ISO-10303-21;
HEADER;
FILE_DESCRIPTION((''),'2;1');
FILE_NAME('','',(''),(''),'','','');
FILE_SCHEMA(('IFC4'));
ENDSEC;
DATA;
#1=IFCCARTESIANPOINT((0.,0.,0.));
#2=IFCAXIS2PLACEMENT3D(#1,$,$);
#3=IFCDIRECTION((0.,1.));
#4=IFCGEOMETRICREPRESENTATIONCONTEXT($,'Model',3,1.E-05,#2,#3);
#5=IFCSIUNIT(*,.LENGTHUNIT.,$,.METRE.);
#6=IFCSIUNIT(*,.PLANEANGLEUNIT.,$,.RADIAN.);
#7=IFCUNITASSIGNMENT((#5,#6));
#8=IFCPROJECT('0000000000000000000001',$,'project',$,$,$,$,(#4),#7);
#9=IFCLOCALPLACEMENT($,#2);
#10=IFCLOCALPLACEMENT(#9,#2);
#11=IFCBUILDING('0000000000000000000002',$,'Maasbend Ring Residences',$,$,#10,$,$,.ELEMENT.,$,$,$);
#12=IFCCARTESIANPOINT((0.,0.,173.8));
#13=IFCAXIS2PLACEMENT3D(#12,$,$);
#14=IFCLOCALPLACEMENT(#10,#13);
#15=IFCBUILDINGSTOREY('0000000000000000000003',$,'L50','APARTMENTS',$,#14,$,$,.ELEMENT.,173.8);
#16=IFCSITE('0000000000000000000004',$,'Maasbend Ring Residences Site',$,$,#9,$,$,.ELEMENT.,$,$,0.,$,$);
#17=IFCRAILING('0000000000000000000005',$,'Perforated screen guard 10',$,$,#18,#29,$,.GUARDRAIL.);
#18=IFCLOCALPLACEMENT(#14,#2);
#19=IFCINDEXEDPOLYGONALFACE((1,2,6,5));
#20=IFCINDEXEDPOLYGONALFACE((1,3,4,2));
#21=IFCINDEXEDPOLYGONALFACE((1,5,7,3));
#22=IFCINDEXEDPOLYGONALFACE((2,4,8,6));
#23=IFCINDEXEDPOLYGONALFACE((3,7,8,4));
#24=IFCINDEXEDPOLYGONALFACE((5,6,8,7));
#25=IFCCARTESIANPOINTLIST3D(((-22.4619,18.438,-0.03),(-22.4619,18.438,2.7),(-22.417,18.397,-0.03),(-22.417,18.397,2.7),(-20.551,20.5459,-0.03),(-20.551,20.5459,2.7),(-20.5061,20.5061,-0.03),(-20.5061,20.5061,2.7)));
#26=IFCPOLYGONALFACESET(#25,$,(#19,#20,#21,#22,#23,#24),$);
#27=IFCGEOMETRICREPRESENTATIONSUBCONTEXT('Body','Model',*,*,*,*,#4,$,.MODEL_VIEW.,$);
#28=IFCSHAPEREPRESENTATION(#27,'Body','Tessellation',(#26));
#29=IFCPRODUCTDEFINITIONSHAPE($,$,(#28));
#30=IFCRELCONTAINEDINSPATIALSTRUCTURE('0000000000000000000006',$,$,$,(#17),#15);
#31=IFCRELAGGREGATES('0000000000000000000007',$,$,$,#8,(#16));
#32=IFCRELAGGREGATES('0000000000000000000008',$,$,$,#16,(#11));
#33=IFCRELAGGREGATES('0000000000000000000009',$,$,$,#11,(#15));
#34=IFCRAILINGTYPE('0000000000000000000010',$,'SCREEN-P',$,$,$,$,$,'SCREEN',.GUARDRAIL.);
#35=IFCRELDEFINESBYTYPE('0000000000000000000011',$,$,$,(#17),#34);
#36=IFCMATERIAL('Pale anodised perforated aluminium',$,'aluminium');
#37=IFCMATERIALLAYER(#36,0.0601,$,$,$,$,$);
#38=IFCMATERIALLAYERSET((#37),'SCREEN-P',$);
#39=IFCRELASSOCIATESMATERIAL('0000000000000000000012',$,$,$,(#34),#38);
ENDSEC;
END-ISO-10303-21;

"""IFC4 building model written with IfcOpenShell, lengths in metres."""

from ifc_helpers import new_model, si_unit, direction, frame, origin, place, context, subcontext, project, spatial, polyline, outline, extrude, material, layer, layer_set, type_object, element, save


model = new_model("IFC4")

# Units and contexts
model_context = context("Model", 3, precision=1e-05, world=origin(), true_north=direction((0.0, 1.0)))
body_context = subcontext(model_context, "Body", "Model", "MODEL_VIEW")
ifc_project = project(units=[si_unit("LENGTHUNIT", "METRE"), si_unit("PLANEANGLEUNIT", "RADIAN")], contexts=[model_context])

# Site, building, storey
site_placement = place(None, origin())
site = spatial("IfcSite", under=ifc_project, at=site_placement, Name="Maasbend Ring Residences Site", CompositionType="ELEMENT", RefElevation=0.0)
building_placement = place(site_placement, origin())
building = spatial("IfcBuilding", under=site, at=building_placement, Name="Maasbend Ring Residences", CompositionType="ELEMENT")
storey_placement = place(building_placement, frame((0.0, 0.0, 173.8)))
storey = spatial("IfcBuildingStorey", under=building, at=storey_placement, Name="L50", Description="APARTMENTS", CompositionType="ELEMENT", Elevation=173.8)

# Railing
ifc_material_1 = material(Name="Pale anodised perforated aluminium", Category="aluminium")
ifc_layer_1 = layer(ifc_material_1, 0.0601)
ifc_layer_set_1 = layer_set([ifc_layer_1], Name="SCREEN-P")
railing_type = type_object("IfcRailingType", Name="SCREEN-P", ElementType="SCREEN", PredefinedType="GUARDRAIL", material=ifc_layer_set_1)
railing_1_placement = place(storey_placement, frame((0.0, 0.0, -0.03)))
element("IfcRailing", 1, at=railing_1_placement, inside=storey, type_object=railing_type, Name="Perforated screen guard 10", PredefinedType="GUARDRAIL", context=body_context, shape_type="SweptSolid", body=[
    extrude(outline(polyline([(-20.5061, 20.5061), (-22.417, 18.397), (-22.4619, 18.438), (-20.551, 20.5459), (-20.5061, 20.5061)])), origin(), (0.0, 0.0, 1.0), 2.73),
])

save(model, "model.ifc")
